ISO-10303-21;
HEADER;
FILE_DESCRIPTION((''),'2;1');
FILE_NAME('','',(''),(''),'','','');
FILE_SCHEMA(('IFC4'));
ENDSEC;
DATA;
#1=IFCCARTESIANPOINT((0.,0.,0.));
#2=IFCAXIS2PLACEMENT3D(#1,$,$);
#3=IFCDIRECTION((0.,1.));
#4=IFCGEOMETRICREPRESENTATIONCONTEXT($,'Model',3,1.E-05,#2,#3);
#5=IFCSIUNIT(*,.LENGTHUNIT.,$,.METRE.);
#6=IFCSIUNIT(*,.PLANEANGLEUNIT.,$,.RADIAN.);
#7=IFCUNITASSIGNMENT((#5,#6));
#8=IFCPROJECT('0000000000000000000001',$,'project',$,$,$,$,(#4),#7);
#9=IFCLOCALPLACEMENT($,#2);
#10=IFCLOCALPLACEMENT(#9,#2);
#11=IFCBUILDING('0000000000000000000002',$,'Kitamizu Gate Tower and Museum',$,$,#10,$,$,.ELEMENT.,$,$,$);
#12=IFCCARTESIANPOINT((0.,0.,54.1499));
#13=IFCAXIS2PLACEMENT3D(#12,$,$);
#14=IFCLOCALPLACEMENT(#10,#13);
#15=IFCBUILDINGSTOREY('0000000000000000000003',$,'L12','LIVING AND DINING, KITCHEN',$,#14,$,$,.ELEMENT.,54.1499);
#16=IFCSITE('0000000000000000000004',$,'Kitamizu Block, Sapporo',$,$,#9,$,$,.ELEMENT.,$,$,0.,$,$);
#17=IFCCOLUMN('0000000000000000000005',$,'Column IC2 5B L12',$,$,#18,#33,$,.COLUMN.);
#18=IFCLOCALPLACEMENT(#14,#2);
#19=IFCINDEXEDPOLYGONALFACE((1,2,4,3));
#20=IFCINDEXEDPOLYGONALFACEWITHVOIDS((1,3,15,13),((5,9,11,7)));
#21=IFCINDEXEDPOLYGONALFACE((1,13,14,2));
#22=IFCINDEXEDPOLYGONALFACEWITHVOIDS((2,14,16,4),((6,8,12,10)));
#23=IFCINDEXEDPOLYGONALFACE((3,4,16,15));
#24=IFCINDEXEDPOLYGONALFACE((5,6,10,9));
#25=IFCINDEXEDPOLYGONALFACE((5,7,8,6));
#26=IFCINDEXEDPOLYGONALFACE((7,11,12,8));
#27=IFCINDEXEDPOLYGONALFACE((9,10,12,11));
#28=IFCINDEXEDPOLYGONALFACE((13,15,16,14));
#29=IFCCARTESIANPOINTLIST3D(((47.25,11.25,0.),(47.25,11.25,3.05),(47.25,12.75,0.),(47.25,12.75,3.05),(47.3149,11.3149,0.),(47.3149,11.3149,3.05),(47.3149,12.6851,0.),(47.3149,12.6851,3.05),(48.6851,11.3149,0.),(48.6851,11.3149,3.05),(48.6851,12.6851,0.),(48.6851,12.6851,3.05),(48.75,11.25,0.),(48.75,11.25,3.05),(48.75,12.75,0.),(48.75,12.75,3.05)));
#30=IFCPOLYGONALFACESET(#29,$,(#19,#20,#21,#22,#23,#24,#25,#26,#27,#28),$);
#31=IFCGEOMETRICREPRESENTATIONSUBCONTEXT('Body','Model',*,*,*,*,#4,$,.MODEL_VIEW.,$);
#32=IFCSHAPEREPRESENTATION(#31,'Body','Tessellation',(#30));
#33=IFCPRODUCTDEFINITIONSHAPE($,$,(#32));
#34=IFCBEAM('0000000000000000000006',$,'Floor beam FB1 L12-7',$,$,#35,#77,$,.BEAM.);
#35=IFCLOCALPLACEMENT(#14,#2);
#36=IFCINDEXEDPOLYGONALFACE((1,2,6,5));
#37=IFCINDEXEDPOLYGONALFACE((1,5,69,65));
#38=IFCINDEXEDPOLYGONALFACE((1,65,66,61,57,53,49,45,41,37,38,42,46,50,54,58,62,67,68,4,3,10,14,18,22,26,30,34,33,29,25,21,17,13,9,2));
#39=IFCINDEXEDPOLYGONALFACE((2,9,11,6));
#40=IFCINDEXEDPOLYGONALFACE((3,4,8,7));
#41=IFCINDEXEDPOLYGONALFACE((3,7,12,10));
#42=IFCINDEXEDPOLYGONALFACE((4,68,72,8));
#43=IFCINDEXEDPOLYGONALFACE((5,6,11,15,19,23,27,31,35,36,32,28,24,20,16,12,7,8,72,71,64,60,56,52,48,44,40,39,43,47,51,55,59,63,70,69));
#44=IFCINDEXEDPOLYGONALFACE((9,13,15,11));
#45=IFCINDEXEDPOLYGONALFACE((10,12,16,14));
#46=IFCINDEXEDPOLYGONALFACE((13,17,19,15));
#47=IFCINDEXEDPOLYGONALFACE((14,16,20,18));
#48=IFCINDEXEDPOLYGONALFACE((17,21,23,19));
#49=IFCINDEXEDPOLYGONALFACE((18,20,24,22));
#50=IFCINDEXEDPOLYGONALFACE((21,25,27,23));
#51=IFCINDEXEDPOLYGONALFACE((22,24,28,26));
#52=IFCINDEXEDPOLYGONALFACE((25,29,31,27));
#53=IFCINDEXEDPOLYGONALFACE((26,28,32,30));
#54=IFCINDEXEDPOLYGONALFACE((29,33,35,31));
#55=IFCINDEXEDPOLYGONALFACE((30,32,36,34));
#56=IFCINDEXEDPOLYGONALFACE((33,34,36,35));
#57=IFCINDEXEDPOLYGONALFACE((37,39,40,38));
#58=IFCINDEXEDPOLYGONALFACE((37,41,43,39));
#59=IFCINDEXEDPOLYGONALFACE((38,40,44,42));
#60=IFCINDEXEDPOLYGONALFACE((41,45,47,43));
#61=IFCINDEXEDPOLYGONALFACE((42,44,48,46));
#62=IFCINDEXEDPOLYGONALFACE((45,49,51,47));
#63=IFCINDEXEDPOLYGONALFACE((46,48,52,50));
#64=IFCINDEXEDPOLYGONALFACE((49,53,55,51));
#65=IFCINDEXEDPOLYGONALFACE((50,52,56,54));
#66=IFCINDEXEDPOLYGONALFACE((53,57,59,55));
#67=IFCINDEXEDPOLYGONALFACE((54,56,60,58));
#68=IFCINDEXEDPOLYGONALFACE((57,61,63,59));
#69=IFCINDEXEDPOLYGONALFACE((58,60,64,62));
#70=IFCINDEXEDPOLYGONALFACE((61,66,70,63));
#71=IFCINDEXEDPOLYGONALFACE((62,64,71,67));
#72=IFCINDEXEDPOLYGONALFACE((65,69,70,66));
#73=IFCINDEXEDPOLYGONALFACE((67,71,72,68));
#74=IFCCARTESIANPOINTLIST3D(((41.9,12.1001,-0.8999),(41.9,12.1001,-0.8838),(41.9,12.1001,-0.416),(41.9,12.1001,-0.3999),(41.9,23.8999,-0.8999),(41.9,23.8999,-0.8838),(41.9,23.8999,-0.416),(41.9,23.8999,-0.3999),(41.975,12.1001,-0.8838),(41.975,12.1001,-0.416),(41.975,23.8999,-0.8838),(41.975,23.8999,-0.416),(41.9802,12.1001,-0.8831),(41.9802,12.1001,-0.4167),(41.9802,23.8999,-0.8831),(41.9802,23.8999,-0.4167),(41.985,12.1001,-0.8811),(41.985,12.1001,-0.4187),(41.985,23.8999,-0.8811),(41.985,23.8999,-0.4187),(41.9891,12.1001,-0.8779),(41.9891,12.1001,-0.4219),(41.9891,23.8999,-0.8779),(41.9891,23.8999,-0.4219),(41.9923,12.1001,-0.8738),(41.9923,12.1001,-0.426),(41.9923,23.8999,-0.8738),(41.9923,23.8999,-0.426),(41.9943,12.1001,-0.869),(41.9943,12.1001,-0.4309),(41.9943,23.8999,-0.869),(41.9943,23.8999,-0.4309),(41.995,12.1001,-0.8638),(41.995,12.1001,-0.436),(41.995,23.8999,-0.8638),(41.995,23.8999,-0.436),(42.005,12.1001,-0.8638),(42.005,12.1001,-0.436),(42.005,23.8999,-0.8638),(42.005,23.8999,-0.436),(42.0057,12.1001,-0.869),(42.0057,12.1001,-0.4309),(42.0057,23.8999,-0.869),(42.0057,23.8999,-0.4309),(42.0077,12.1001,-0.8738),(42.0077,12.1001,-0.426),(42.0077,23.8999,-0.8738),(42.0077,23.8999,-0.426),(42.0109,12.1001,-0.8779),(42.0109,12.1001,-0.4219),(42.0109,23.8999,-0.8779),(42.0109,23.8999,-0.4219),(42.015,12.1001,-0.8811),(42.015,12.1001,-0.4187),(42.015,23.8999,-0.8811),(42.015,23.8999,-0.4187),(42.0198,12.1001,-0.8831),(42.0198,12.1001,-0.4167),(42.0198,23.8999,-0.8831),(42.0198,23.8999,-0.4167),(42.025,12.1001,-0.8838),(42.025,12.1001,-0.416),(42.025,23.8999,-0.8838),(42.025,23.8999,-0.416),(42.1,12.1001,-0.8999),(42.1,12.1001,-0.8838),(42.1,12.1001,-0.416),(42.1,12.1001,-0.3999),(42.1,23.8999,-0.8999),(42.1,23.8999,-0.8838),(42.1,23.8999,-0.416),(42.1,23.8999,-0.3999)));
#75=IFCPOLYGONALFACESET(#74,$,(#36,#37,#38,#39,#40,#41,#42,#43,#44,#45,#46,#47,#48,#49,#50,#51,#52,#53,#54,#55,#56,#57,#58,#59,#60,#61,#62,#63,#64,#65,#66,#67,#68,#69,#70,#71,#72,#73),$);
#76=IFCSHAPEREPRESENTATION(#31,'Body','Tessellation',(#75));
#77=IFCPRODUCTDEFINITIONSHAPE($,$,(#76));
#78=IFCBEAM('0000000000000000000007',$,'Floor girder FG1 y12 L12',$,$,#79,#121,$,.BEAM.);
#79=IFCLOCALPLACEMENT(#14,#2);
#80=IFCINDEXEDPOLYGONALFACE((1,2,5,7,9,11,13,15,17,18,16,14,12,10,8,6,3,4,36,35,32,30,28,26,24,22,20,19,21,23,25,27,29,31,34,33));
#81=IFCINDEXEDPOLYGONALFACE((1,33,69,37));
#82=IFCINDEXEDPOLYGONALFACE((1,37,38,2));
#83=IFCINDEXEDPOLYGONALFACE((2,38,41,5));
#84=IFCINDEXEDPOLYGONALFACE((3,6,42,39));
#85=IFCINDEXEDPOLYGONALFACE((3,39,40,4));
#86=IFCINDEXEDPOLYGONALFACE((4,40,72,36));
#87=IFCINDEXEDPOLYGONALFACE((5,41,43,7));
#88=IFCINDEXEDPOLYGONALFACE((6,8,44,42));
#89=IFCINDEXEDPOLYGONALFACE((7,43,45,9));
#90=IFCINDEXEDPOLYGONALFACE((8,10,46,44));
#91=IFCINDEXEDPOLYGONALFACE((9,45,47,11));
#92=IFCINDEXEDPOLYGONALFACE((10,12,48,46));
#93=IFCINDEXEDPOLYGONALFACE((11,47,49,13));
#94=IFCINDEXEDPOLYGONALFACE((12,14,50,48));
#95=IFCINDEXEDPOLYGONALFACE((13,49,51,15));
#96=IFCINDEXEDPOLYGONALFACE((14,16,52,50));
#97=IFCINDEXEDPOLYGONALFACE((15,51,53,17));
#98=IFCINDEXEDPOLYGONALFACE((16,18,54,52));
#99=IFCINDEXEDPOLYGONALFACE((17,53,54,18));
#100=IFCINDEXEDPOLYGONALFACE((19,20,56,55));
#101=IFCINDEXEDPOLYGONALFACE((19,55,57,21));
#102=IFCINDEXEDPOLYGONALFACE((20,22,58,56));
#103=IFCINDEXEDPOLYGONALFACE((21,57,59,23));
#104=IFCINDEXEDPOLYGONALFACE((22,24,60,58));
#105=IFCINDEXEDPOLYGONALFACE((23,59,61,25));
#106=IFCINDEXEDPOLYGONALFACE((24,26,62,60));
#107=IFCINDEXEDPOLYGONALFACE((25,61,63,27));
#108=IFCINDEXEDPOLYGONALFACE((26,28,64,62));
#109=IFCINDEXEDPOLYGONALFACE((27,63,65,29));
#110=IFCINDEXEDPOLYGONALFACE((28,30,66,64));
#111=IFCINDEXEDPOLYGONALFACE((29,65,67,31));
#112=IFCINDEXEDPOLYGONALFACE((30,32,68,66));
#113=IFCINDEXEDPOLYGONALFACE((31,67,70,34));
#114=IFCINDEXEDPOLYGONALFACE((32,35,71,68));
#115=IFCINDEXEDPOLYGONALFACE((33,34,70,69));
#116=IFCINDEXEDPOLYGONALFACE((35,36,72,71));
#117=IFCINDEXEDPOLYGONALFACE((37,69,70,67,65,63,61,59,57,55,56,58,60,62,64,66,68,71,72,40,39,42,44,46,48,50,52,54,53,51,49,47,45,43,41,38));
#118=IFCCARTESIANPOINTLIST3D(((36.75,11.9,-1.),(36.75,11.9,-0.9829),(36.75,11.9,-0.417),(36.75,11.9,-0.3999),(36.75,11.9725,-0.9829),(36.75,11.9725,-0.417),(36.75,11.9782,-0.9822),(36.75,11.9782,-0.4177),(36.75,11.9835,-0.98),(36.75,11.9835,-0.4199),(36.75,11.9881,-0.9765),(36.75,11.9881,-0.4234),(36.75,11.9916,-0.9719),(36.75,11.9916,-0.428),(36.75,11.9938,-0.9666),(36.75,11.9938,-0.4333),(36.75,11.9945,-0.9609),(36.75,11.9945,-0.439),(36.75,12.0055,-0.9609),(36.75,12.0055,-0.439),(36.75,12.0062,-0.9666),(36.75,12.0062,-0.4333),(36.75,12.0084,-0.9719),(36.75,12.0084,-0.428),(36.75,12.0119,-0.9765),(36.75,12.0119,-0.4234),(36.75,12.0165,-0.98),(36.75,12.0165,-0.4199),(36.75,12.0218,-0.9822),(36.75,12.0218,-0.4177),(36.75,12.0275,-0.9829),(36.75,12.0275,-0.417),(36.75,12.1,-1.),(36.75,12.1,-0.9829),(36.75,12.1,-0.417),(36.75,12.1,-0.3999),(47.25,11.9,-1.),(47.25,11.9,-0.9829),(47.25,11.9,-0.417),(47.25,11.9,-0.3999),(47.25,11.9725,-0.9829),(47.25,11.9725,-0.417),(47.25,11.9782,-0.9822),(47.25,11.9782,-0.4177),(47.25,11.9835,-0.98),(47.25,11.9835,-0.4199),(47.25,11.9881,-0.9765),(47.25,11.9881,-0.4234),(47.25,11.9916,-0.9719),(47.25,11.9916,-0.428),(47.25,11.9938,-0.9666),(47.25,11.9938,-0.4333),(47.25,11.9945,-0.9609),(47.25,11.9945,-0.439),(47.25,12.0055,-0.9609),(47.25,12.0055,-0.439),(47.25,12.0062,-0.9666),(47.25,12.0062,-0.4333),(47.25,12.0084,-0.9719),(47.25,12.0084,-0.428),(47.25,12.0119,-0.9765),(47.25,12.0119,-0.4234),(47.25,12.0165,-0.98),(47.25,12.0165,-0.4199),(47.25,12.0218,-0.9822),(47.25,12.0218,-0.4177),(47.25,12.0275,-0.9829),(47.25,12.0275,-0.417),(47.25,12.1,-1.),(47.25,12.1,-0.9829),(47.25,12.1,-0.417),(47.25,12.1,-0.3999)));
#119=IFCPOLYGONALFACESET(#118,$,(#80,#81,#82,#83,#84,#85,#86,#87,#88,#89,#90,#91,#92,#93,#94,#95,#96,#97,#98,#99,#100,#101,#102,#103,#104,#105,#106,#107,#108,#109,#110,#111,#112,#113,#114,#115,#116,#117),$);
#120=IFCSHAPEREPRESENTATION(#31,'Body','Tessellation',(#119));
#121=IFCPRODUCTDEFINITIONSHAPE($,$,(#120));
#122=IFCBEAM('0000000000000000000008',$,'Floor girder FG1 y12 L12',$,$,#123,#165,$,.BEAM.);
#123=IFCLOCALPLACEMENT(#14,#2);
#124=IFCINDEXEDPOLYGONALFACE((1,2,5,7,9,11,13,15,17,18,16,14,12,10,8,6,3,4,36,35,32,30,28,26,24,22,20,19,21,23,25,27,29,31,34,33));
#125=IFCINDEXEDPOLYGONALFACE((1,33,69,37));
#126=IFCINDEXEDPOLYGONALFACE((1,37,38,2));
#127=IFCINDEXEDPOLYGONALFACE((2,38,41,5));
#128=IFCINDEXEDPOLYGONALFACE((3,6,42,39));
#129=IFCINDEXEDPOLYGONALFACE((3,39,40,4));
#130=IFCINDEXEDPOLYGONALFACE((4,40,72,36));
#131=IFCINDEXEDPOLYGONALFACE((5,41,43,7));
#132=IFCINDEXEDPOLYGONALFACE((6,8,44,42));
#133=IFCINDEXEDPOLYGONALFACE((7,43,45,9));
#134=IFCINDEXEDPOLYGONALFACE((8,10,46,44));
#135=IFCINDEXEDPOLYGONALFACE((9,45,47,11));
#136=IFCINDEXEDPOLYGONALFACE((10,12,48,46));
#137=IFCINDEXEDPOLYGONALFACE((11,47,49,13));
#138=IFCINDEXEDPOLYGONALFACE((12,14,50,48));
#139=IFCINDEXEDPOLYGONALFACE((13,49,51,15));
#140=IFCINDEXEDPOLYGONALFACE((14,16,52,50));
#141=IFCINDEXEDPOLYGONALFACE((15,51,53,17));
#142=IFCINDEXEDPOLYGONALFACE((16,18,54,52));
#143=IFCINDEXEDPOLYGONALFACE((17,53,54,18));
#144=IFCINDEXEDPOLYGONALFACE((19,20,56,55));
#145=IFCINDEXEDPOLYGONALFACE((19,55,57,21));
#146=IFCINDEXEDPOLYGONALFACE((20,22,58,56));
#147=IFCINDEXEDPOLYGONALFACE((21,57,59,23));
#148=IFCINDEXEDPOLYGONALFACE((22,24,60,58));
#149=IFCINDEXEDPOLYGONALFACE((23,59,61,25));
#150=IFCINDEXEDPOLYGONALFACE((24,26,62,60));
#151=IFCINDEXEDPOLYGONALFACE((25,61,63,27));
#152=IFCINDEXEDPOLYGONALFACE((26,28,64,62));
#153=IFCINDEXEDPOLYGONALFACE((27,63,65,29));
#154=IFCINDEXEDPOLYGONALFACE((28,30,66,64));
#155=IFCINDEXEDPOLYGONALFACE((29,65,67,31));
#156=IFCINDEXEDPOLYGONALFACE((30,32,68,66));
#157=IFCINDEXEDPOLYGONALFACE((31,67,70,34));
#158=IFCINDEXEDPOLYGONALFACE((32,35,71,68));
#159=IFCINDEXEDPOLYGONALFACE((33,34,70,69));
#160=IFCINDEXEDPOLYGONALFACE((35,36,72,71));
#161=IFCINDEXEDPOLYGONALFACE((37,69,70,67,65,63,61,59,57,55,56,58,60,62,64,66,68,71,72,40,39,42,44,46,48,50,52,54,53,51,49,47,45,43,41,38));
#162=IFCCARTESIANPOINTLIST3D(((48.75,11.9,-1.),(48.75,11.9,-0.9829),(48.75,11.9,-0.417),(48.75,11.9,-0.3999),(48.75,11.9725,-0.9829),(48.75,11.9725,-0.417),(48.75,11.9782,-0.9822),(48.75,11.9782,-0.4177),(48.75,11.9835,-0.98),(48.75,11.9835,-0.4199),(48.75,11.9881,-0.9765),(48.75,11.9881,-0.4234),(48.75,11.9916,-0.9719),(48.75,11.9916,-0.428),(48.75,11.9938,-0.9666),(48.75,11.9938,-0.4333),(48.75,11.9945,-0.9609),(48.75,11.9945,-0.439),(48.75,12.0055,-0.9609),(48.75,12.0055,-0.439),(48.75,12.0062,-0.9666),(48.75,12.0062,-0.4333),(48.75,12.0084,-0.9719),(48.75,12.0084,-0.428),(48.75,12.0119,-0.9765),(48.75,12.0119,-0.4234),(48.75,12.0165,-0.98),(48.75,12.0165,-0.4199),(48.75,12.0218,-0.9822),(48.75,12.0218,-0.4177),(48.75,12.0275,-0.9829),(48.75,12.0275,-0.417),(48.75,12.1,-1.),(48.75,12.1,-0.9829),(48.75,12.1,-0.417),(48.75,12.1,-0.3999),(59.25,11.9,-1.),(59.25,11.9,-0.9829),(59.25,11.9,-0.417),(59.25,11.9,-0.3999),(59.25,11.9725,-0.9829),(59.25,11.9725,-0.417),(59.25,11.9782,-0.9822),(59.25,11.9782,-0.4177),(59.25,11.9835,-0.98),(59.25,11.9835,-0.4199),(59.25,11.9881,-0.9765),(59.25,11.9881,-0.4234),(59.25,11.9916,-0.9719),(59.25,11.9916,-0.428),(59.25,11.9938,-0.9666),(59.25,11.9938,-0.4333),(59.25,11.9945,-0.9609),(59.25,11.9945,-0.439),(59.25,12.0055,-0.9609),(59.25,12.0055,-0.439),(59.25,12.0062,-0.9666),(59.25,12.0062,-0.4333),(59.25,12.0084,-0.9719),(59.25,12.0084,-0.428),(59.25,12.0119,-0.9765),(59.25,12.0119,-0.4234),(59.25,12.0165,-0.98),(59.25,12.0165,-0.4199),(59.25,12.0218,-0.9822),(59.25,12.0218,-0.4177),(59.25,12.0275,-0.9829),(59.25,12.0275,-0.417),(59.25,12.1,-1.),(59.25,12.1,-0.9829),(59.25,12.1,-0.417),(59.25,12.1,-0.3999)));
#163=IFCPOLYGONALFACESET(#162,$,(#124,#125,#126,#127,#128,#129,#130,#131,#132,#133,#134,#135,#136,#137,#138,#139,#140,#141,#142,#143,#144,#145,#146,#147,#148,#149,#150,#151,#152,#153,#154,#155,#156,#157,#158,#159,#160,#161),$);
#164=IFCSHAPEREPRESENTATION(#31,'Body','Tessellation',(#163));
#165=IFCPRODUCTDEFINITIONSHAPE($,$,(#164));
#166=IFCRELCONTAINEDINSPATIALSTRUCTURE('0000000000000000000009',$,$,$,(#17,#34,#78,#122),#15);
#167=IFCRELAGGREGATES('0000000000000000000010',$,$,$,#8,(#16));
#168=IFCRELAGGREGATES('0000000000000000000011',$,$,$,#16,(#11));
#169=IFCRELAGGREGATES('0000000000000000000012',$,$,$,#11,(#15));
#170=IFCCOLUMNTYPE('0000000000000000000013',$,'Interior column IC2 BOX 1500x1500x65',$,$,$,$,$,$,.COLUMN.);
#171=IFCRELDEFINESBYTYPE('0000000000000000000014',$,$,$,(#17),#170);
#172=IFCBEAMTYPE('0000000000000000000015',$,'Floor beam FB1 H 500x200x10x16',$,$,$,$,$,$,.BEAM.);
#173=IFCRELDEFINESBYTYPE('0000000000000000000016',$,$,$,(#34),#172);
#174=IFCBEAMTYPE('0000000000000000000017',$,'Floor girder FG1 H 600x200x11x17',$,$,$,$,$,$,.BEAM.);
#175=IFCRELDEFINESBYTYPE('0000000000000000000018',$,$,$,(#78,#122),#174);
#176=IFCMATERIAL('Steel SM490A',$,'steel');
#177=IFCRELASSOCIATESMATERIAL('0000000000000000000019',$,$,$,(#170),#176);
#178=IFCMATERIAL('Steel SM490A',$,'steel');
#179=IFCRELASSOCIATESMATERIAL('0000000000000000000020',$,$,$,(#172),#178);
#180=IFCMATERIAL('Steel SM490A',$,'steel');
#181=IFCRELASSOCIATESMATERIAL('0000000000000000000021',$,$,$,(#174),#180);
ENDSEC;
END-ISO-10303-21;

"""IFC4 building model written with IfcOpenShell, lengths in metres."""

from ifc_helpers import new_model, si_unit, direction, frame, origin, origin_2d, place, context, subcontext, project, spatial, hollow_rectangle, i_section, extrude, material, material_profile, profile_set, type_object, element, save


model = new_model("IFC4")

# Units and contexts
model_context = context("Model", 3, precision=1e-05, world=origin(), true_north=direction((0.0, 1.0)))
body_context = subcontext(model_context, "Body", "Model", "MODEL_VIEW")
ifc_project = project(units=[si_unit("LENGTHUNIT", "METRE"), si_unit("PLANEANGLEUNIT", "RADIAN")], contexts=[model_context])

# Site, building, storey
site_placement = place(None, origin())
site = spatial("IfcSite", under=ifc_project, at=site_placement, Name="Kitamizu Block, Sapporo", CompositionType="ELEMENT", RefElevation=0.0)
building_placement = place(site_placement, origin())
building = spatial("IfcBuilding", under=site, at=building_placement, Name="Kitamizu Gate Tower and Museum", CompositionType="ELEMENT")
storey_placement = place(building_placement, frame((0.0, 0.0, 54.1499)))
storey = spatial("IfcBuildingStorey", under=building, at=storey_placement, Name="L12", Description="LIVING AND DINING, KITCHEN", CompositionType="ELEMENT", Elevation=54.1499)

# Column
ifc_material_1 = material(Name="Steel SM490A", Category="steel")
ifc_material_profile_1 = material_profile(ifc_material_1, hollow_rectangle(XDim=1.5, YDim=1.5, WallThickness=0.0649, at=origin_2d()), Name="BOX 1500x1500x65")
ifc_profile_set_1 = profile_set([ifc_material_profile_1], Name="Steel SM490A")
column_type = type_object("IfcColumnType", Name="Interior column IC2 BOX 1500x1500x65", PredefinedType="COLUMN", material=ifc_profile_set_1)
column_placement = place(storey_placement, frame((48.0, 12.0, 0.0), z_axis=(0.0, 0.0, 1.0), x_axis=(1.0, 0.0, 0.0)))
element("IfcColumn", 1, at=column_placement, inside=storey, type_object=column_type, Name="Column IC2 5B L12", PredefinedType="COLUMN", context=body_context, shape_type="SweptSolid", body=[
    extrude(hollow_rectangle(XDim=1.5, YDim=1.5, WallThickness=0.0649, at=origin_2d()), origin(), (0.0, 0.0, 1.0), 3.05),
])

# Beams
ifc_material_2 = material(Name="Steel SM490A", Category="steel")
ifc_material_profile_2 = material_profile(ifc_material_2, i_section(OverallWidth=0.2, OverallDepth=0.5, WebThickness=0.01, FlangeThickness=0.0161, FilletRadius=0.02, at=origin_2d()), Name="H-500x200x10x16")
ifc_profile_set_2 = profile_set([ifc_material_profile_2], Name="Steel SM490A")
beam_type_1 = type_object("IfcBeamType", Name="Floor beam FB1 H 500x200x10x16", PredefinedType="BEAM", material=ifc_profile_set_2)
beam_placement = place(storey_placement, frame((42.0, 12.1001, -0.6499), z_axis=(0.0, 1.0, 0.0), x_axis=(-1.0, 0.0, 0.0)))
element("IfcBeam", 2, at=beam_placement, inside=storey, type_object=beam_type_1, Name="Floor beam FB1 L12-7", PredefinedType="BEAM", context=body_context, shape_type="SweptSolid", body=[
    extrude(i_section(OverallWidth=0.2, OverallDepth=0.5, WebThickness=0.01, FlangeThickness=0.0161, FilletRadius=0.02, at=origin_2d()), origin(), (0.0, 0.0, 1.0), 11.7998),
])
ifc_material_3 = material(Name="Steel SM490A", Category="steel")
ifc_material_profile_3 = material_profile(ifc_material_3, i_section(OverallWidth=0.2, OverallDepth=0.6001, WebThickness=0.011, FlangeThickness=0.0171, FilletRadius=0.022, at=origin_2d()), Name="H-600x200x11x17")
ifc_profile_set_3 = profile_set([ifc_material_profile_3], Name="Steel SM490A")
beam_type_2 = type_object("IfcBeamType", Name="Floor girder FG1 H 600x200x11x17", PredefinedType="BEAM", material=ifc_profile_set_3)
for number, where, z_axis, x_axis, name in (
    (3, (36.75, 12.0, -0.7), (1.0, 0.0, 0.0), (0.0, 1.0, 0.0), "Floor girder FG1 y12 L12"),
    (4, (48.75, 12.0, -0.7), (1.0, 0.0, 0.0), (0.0, 1.0, 0.0), "Floor girder FG1 y12 L12"),
):
    element("IfcBeam", number, at=place(storey_placement, frame(where, z_axis=z_axis, x_axis=x_axis)), inside=storey, type_object=beam_type_2, Name=name, PredefinedType="BEAM", context=body_context, shape_type="SweptSolid", body=[
        extrude(i_section(OverallWidth=0.2, OverallDepth=0.6001, WebThickness=0.011, FlangeThickness=0.0171, FilletRadius=0.022, at=origin_2d()), origin(), (0.0, 0.0, 1.0), 10.5),
    ])

save(model, "model.ifc")
